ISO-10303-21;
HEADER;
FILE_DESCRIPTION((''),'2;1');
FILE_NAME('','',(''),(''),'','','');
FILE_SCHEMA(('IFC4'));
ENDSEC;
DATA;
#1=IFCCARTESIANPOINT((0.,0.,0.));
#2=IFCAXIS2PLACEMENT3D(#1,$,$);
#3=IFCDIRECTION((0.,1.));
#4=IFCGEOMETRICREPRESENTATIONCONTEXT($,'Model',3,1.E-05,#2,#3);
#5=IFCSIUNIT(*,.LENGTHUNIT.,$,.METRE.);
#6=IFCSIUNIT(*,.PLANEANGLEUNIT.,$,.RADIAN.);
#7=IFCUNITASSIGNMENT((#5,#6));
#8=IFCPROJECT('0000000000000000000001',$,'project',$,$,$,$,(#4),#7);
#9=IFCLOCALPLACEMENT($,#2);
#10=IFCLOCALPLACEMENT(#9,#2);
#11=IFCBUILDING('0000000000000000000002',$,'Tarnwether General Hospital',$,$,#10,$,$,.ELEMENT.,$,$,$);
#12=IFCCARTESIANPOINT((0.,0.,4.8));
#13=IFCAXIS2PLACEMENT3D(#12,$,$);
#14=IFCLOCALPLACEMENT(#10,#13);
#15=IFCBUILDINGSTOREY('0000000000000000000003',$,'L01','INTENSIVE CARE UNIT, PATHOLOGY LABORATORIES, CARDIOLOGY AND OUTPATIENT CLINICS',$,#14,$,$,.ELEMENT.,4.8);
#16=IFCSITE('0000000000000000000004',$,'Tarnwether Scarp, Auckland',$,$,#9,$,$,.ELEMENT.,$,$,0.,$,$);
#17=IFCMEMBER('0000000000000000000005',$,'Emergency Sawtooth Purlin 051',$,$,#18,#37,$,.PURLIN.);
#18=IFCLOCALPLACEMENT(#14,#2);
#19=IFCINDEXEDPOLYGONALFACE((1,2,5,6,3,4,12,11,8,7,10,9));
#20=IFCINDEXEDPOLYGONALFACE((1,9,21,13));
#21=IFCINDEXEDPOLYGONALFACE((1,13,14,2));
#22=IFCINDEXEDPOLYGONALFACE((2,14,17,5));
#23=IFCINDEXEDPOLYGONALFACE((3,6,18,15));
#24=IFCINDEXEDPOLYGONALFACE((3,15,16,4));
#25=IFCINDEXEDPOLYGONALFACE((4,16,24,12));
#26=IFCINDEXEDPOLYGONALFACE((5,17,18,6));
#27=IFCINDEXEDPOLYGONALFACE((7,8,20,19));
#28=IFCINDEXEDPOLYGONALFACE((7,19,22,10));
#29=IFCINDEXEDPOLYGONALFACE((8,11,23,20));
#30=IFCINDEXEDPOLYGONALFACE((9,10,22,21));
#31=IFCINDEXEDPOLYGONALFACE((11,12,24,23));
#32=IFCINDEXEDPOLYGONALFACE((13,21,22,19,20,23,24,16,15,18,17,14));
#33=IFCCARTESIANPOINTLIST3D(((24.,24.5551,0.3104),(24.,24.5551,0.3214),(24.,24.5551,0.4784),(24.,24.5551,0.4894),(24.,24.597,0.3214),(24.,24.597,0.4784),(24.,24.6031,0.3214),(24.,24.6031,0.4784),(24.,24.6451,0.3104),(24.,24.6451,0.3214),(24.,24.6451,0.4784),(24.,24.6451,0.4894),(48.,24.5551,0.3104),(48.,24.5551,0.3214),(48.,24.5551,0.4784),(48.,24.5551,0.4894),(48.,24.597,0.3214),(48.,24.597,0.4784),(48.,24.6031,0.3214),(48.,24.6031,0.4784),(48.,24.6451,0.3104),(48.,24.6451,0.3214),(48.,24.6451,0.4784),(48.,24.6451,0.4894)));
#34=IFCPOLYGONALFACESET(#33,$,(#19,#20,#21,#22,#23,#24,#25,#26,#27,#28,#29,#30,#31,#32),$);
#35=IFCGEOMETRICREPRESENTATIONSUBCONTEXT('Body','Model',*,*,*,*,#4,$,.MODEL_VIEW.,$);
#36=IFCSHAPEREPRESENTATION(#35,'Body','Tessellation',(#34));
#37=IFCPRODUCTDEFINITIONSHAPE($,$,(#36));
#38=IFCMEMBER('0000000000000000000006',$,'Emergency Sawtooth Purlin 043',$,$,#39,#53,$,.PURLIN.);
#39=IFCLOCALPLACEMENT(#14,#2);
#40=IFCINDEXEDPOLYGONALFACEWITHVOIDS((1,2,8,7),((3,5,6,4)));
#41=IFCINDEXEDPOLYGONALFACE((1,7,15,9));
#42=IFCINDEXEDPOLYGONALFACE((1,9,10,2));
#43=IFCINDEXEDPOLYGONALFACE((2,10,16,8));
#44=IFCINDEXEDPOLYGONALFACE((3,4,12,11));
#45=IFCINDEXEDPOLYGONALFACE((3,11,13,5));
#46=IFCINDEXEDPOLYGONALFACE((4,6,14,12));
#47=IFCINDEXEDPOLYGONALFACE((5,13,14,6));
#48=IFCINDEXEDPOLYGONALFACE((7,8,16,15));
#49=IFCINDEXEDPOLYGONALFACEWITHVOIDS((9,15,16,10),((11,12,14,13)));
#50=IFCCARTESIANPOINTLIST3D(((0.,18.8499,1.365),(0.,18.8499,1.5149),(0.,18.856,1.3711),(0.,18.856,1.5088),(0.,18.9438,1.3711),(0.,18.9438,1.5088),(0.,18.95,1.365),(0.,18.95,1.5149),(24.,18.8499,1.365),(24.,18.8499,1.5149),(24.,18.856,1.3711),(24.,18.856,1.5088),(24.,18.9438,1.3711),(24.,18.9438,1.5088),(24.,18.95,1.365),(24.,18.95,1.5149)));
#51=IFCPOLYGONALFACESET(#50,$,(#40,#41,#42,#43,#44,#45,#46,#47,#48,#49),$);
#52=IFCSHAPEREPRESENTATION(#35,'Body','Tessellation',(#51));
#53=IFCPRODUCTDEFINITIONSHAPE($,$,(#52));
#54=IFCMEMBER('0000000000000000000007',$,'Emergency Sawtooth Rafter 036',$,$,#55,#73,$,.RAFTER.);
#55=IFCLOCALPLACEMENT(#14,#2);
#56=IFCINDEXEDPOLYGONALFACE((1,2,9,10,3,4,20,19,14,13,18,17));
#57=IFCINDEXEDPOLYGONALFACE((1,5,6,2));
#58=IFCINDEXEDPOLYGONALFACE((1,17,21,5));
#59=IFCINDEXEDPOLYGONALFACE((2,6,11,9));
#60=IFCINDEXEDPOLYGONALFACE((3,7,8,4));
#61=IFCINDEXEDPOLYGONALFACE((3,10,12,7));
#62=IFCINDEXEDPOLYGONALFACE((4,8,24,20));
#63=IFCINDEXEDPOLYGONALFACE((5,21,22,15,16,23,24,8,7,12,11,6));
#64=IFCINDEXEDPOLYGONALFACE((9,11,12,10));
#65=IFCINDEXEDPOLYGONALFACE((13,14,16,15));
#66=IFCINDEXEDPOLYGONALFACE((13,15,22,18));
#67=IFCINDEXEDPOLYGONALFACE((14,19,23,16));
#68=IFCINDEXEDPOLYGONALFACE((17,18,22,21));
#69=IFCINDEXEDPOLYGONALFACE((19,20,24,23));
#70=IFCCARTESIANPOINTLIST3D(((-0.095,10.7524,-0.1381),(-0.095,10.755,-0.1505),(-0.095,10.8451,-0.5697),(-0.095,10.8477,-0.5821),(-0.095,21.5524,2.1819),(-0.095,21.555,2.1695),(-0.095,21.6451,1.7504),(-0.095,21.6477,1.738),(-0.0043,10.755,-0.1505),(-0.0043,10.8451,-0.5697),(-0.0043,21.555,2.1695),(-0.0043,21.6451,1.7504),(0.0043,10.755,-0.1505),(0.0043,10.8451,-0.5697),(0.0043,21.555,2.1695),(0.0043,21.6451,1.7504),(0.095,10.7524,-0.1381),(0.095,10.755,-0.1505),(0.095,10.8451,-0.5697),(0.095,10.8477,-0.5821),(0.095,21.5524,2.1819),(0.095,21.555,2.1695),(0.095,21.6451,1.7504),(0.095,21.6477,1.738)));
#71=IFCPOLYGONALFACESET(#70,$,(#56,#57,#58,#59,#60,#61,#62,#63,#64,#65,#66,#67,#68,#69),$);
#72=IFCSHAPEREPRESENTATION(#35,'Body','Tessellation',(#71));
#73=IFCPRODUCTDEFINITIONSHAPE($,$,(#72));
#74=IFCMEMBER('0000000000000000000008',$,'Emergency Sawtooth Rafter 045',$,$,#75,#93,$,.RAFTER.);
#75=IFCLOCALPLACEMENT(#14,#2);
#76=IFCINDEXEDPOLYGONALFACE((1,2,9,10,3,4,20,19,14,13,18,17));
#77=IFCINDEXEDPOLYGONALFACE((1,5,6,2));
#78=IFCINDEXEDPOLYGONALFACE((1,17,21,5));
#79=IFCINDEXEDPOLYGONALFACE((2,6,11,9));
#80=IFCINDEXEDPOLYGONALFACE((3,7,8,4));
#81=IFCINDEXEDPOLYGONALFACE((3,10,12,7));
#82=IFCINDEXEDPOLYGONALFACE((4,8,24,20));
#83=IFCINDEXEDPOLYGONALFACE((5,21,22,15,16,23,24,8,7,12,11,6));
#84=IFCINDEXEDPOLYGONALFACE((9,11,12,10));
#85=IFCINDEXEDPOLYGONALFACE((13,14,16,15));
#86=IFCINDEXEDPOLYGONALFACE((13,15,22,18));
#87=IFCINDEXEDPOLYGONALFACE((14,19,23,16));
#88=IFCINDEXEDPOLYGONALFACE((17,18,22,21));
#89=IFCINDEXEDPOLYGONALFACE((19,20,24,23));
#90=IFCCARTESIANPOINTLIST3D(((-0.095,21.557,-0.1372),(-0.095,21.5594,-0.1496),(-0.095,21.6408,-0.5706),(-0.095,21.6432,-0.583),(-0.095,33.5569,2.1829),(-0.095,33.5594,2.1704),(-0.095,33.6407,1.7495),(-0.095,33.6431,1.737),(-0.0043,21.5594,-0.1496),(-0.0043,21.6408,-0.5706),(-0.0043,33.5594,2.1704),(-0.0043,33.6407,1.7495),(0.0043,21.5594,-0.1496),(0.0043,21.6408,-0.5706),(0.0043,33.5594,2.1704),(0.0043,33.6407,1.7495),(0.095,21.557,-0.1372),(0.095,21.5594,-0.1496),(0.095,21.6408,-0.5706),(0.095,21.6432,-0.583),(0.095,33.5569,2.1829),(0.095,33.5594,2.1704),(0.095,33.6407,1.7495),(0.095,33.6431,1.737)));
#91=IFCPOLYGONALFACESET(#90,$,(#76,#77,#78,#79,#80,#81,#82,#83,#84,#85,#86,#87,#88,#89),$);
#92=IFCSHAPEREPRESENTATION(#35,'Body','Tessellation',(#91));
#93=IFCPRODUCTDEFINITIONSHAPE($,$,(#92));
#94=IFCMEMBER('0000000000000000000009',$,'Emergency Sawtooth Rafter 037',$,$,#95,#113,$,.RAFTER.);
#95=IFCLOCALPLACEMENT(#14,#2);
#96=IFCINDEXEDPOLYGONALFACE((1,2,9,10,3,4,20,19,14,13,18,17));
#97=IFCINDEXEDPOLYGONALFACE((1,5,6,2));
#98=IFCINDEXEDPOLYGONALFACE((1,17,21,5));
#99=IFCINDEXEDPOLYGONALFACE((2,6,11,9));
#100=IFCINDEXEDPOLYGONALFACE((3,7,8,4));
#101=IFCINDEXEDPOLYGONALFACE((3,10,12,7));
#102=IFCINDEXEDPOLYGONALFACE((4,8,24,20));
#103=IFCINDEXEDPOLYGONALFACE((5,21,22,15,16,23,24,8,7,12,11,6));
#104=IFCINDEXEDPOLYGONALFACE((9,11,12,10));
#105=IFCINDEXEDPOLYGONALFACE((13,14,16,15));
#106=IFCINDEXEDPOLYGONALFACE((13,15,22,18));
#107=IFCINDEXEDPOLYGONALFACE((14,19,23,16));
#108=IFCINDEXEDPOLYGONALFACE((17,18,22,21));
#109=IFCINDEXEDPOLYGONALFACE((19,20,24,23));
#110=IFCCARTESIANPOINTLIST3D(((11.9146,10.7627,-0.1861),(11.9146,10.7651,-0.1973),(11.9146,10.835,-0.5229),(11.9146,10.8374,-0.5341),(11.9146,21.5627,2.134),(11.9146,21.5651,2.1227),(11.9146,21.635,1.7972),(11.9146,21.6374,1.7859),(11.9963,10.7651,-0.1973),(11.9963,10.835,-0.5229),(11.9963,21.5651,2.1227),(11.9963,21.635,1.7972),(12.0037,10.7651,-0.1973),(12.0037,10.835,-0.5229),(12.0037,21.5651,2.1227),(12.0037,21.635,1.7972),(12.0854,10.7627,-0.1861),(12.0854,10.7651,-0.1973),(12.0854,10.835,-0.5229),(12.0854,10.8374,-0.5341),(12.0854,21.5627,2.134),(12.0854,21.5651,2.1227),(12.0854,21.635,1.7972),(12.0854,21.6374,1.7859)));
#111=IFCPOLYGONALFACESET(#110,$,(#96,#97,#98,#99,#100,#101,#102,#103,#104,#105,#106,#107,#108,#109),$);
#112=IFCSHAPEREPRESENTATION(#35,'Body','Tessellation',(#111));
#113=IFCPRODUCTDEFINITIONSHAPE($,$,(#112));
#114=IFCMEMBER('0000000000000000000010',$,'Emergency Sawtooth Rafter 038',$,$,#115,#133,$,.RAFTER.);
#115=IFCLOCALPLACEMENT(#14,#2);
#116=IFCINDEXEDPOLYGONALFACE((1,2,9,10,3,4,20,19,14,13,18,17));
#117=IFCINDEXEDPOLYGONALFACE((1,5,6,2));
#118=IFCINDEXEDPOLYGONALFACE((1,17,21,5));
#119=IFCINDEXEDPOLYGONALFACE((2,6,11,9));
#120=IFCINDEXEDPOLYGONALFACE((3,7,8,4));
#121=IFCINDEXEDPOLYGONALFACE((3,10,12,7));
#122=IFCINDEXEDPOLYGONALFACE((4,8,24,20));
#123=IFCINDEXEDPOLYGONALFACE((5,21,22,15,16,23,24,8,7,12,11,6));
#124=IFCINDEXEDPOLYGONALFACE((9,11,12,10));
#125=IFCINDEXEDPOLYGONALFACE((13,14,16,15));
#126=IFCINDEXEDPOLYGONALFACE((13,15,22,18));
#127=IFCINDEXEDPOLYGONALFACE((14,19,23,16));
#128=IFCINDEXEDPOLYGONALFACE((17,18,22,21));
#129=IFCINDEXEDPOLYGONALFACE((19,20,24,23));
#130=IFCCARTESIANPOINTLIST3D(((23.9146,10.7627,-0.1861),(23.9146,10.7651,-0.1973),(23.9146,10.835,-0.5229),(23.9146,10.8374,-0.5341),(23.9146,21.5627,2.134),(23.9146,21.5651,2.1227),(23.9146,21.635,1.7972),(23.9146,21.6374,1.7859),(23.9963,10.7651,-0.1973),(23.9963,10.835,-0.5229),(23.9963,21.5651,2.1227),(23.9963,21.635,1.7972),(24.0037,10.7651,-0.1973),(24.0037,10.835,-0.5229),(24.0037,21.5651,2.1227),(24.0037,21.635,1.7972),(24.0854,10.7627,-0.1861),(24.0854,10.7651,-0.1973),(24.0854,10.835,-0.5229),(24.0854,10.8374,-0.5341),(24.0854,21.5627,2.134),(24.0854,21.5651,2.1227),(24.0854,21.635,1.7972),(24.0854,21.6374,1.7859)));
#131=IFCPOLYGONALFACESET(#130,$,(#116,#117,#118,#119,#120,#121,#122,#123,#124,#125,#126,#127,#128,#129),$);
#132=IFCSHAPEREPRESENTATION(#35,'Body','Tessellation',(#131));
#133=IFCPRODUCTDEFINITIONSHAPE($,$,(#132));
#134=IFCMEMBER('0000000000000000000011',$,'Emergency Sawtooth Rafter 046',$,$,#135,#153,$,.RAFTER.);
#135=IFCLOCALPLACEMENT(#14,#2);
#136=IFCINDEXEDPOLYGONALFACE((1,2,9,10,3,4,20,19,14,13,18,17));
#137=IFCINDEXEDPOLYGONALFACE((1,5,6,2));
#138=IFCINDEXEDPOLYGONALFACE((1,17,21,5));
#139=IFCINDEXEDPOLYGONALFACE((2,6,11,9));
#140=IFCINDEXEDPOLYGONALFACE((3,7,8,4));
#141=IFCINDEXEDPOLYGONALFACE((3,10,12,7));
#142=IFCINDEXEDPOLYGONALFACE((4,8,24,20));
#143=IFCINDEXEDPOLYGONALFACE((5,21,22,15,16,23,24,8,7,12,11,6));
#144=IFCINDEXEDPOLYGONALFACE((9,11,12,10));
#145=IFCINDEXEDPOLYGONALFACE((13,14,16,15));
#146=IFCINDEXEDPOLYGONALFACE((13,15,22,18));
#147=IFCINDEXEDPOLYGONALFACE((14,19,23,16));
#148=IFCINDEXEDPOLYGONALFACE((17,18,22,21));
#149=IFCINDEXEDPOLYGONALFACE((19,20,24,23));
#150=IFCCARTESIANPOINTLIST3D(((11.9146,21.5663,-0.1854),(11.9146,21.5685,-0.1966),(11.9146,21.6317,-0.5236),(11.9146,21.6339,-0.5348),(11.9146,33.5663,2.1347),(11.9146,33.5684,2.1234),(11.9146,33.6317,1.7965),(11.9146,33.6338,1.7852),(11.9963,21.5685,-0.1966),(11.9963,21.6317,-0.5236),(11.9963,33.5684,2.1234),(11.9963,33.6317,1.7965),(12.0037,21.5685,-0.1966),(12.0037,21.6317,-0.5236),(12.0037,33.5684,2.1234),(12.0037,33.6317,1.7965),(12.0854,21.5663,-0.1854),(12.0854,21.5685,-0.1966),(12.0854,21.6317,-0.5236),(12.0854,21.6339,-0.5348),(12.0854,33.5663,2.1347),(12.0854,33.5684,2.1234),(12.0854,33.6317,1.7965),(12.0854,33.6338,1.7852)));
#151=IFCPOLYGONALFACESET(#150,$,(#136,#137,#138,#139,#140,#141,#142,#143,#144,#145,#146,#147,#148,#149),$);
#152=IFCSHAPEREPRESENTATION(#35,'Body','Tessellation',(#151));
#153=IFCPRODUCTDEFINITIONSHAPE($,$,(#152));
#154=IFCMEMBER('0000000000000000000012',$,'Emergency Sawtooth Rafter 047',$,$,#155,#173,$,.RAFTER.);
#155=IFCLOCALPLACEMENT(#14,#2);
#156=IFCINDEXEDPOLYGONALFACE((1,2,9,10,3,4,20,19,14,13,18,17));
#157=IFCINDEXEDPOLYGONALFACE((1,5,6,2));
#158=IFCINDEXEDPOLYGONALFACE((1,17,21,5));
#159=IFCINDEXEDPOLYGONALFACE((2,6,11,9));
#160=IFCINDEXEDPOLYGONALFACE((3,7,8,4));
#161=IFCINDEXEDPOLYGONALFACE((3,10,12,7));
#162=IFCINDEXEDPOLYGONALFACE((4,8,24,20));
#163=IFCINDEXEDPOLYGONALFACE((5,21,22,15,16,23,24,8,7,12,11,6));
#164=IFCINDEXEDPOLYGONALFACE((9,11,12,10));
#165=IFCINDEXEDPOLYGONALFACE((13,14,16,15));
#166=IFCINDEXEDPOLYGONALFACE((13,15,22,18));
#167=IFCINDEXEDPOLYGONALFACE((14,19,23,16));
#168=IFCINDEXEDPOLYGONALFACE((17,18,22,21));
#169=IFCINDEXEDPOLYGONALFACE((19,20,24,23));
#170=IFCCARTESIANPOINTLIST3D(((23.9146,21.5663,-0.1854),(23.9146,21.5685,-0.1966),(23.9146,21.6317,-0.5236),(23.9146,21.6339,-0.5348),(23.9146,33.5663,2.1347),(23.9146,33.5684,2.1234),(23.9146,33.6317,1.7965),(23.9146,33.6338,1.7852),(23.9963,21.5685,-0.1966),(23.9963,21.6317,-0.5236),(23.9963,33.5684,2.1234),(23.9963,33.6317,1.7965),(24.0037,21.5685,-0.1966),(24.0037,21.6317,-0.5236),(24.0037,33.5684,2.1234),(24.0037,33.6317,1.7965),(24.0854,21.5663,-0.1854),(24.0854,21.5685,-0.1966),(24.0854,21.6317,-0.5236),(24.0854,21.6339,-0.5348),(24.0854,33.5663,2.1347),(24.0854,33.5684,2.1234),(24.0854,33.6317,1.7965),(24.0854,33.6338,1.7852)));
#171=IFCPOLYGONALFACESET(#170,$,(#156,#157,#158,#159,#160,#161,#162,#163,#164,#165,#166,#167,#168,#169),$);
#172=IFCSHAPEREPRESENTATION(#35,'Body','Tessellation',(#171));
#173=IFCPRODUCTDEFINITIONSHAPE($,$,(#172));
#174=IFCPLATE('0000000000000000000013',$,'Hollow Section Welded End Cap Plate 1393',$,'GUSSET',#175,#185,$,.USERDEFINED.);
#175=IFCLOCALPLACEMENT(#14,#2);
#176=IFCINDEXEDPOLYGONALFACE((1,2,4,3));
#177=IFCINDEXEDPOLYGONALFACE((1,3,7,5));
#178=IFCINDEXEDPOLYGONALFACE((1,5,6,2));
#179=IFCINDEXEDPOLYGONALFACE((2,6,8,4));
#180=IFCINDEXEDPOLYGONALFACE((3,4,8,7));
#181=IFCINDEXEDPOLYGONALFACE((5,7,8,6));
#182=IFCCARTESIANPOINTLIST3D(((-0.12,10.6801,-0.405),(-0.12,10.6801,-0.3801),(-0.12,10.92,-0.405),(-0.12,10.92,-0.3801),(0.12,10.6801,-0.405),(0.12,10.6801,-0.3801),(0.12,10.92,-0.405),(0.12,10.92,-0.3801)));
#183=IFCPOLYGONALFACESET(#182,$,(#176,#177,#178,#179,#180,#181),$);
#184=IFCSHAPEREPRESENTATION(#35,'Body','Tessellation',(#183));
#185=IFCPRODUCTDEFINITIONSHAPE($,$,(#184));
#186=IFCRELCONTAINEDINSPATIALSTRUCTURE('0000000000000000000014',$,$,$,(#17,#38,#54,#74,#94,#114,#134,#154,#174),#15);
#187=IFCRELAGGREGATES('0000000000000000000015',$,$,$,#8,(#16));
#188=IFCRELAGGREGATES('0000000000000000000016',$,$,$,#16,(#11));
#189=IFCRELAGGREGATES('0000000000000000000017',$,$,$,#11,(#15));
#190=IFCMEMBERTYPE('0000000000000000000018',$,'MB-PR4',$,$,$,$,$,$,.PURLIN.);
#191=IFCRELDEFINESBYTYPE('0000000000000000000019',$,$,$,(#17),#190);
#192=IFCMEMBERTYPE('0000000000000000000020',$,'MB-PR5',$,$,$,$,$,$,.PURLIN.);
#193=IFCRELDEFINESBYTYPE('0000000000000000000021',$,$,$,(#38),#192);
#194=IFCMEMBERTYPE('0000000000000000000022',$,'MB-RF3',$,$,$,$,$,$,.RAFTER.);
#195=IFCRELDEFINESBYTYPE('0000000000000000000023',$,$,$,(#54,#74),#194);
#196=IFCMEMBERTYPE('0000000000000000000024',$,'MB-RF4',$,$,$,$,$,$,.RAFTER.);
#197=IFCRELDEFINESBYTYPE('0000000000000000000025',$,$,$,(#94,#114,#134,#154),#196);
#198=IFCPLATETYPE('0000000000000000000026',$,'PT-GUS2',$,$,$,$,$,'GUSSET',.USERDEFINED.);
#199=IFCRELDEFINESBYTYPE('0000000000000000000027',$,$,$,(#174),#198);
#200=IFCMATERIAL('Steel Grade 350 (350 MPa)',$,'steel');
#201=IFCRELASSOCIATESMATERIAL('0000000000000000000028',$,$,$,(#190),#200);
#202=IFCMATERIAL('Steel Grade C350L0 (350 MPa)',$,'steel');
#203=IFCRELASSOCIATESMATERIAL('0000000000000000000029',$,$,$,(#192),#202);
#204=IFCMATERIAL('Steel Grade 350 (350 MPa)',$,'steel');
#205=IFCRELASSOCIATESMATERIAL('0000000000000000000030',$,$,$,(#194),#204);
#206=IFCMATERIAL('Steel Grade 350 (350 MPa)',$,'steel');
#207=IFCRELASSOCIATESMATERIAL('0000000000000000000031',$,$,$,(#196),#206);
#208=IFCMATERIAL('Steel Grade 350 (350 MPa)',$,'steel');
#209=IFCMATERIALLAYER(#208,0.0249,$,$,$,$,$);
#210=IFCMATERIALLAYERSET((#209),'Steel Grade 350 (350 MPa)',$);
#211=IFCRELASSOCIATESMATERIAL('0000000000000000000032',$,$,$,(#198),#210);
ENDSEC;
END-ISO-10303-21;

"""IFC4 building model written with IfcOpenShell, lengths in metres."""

from ifc_helpers import new_model, si_unit, direction, frame, origin, origin_2d, place, context, subcontext, project, spatial, rectangle, hollow_rectangle, i_section, extrude, material, layer, layer_set, material_profile, profile_set, type_object, element, save


model = new_model("IFC4")

# Units and contexts
model_context = context("Model", 3, precision=1e-05, world=origin(), true_north=direction((0.0, 1.0)))
body_context = subcontext(model_context, "Body", "Model", "MODEL_VIEW")
ifc_project = project(units=[si_unit("LENGTHUNIT", "METRE"), si_unit("PLANEANGLEUNIT", "RADIAN")], contexts=[model_context])

# Site, building, storey
site_placement = place(None, origin())
site = spatial("IfcSite", under=ifc_project, at=site_placement, Name="Tarnwether Scarp, Auckland", CompositionType="ELEMENT", RefElevation=0.0)
building_placement = place(site_placement, origin())
building = spatial("IfcBuilding", under=site, at=building_placement, Name="Tarnwether General Hospital", CompositionType="ELEMENT")
storey_placement = place(building_placement, frame((0.0, 0.0, 4.8)))
storey = spatial("IfcBuildingStorey", under=building, at=storey_placement, Name="L01", Description="INTENSIVE CARE UNIT, PATHOLOGY LABORATORIES, CARDIOLOGY AND OUTPATIENT CLINICS", CompositionType="ELEMENT", Elevation=4.8)

# Members
ifc_material_1 = material(Name="Steel Grade 350 (350 MPa)", Category="steel")
ifc_material_profile_1 = material_profile(ifc_material_1, i_section(OverallWidth=0.0901, OverallDepth=0.179, WebThickness=0.0061, FlangeThickness=0.011, at=origin_2d()), Name="180UB22.2")
ifc_profile_set_1 = profile_set([ifc_material_profile_1], Name="Steel Grade 350 (350 MPa)")
member_type_1 = type_object("IfcMemberType", Name="MB-PR4", PredefinedType="PURLIN", material=ifc_profile_set_1)
for number, where, z_axis, x_axis, name in (
    (1, (24.0, 24.6001, 0.3999), (1.0, 0.0, 0.0), (0.0, 1.0, 0.0), "Emergency Sawtooth Purlin 051"),
):
    element("IfcMember", number, at=place(storey_placement, frame(where, z_axis=z_axis, x_axis=x_axis)), inside=storey, type_object=member_type_1, Name=name, PredefinedType="PURLIN", context=body_context, shape_type="SweptSolid", body=[
        extrude(i_section(OverallWidth=0.0901, OverallDepth=0.179, WebThickness=0.0061, FlangeThickness=0.011, at=origin_2d()), origin(), (0.0, 0.0, 1.0), 24.0),
    ])
ifc_material_2 = material(Name="Steel Grade C350L0 (350 MPa)", Category="steel")
ifc_material_profile_2 = material_profile(ifc_material_2, hollow_rectangle(XDim=0.1001, YDim=0.1499, WallThickness=0.0061, at=origin_2d()), Name="RHS150x100x6")
ifc_profile_set_2 = profile_set([ifc_material_profile_2], Name="Steel Grade C350L0 (350 MPa)")
member_type_2 = type_object("IfcMemberType", Name="MB-PR5", PredefinedType="PURLIN", material=ifc_profile_set_2)
member_1_placement = place(storey_placement, frame((0.0, 18.8999, 1.4399), z_axis=(1.0, 0.0, 0.0), x_axis=(0.0, 1.0, 0.0)))
element("IfcMember", 2, at=member_1_placement, inside=storey, type_object=member_type_2, Name="Emergency Sawtooth Purlin 043", PredefinedType="PURLIN", context=body_context, shape_type="SweptSolid", body=[
    extrude(hollow_rectangle(XDim=0.1001, YDim=0.1499, WallThickness=0.0061, at=origin_2d()), origin(), (0.0, 0.0, 1.0), 24.0),
])
ifc_material_3 = material(Name="Steel Grade 350 (350 MPa)", Category="steel")
ifc_material_profile_3 = material_profile(ifc_material_3, i_section(OverallWidth=0.1899, OverallDepth=0.4541, WebThickness=0.0085, FlangeThickness=0.0127, at=origin_2d()), Name="460UB67.1")
ifc_profile_set_3 = profile_set([ifc_material_profile_3], Name="Steel Grade 350 (350 MPa)")
member_type_3 = type_object("IfcMemberType", Name="MB-RF3", PredefinedType="RAFTER", material=ifc_profile_set_3)
member_2_placement = place(storey_placement, frame((0.0, 10.8, -0.3601), z_axis=(0.0, 0.977695, 0.210029), x_axis=(-1.0, 0.0, 0.0)))
element("IfcMember", 3, at=member_2_placement, inside=storey, type_object=member_type_3, Name="Emergency Sawtooth Rafter 036", PredefinedType="RAFTER", context=body_context, shape_type="SweptSolid", body=[
    extrude(i_section(OverallWidth=0.1899, OverallDepth=0.4541, WebThickness=0.0085, FlangeThickness=0.0127, at=origin_2d()), origin(), (0.0, 0.0, 1.0), 11.0464),
])
member_3_placement = place(storey_placement, frame((0.0, 21.6001, -0.3601), z_axis=(0.0, 0.981818, 0.189824), x_axis=(-1.0, 0.0, 0.0)))
element("IfcMember", 4, at=member_3_placement, inside=storey, type_object=member_type_3, Name="Emergency Sawtooth Rafter 045", PredefinedType="RAFTER", context=body_context, shape_type="SweptSolid", body=[
    extrude(i_section(OverallWidth=0.1899, OverallDepth=0.4541, WebThickness=0.0085, FlangeThickness=0.0127, at=origin_2d()), origin(), (0.0, 0.0, 1.0), 12.2222),
])
ifc_material_4 = material(Name="Steel Grade 350 (350 MPa)", Category="steel")
ifc_material_profile_4 = material_profile(ifc_material_4, i_section(OverallWidth=0.1709, OverallDepth=0.356, WebThickness=0.0073, FlangeThickness=0.0115, at=origin_2d()), Name="360UB50.7")
ifc_profile_set_4 = profile_set([ifc_material_profile_4], Name="Steel Grade 350 (350 MPa)")
member_type_4 = type_object("IfcMemberType", Name="MB-RF4", PredefinedType="RAFTER", material=ifc_profile_set_4)
for number, where, z_axis, x_axis, name in (
    (5, (12.0, 10.8, -0.3601), (0.0, 0.977695, 0.210029), (-1.0, 0.0, 0.0), "Emergency Sawtooth Rafter 037"),
    (6, (24.0, 10.8, -0.3601), (0.0, 0.977695, 0.210029), (-1.0, 0.0, 0.0), "Emergency Sawtooth Rafter 038"),
):
    element("IfcMember", number, at=place(storey_placement, frame(where, z_axis=z_axis, x_axis=x_axis)), inside=storey, type_object=member_type_4, Name=name, PredefinedType="RAFTER", context=body_context, shape_type="SweptSolid", body=[
        extrude(i_section(OverallWidth=0.1709, OverallDepth=0.356, WebThickness=0.0073, FlangeThickness=0.0115, at=origin_2d()), origin(), (0.0, 0.0, 1.0), 11.0464),
    ])
for number, where, z_axis, x_axis, name in (
    (7, (12.0, 21.6001, -0.3601), (0.0, 0.981818, 0.189824), (-1.0, 0.0, 0.0), "Emergency Sawtooth Rafter 046"),
    (8, (24.0, 21.6001, -0.3601), (0.0, 0.981818, 0.189824), (-1.0, 0.0, 0.0), "Emergency Sawtooth Rafter 047"),
):
    element("IfcMember", number, at=place(storey_placement, frame(where, z_axis=z_axis, x_axis=x_axis)), inside=storey, type_object=member_type_4, Name=name, PredefinedType="RAFTER", context=body_context, shape_type="SweptSolid", body=[
        extrude(i_section(OverallWidth=0.1709, OverallDepth=0.356, WebThickness=0.0073, FlangeThickness=0.0115, at=origin_2d()), origin(), (0.0, 0.0, 1.0), 12.2222),
    ])

# Plate
ifc_material_5 = material(Name="Steel Grade 350 (350 MPa)", Category="steel")
ifc_layer_1 = layer(ifc_material_5, 0.0249)
ifc_layer_set_1 = layer_set([ifc_layer_1], Name="Steel Grade 350 (350 MPa)")
plate_type = type_object("IfcPlateType", Name="PT-GUS2", ElementType="GUSSET", PredefinedType="USERDEFINED", material=ifc_layer_set_1)
for number, where, z_axis, x_axis, name in (
    (9, (0.0, 10.8, -0.405), (0.0, 0.0, 1.0), (1.0, 0.0, 0.0), "Hollow Section Welded End Cap Plate 1393"),
):
    element("IfcPlate", number, at=place(storey_placement, frame(where, z_axis=z_axis, x_axis=x_axis)), inside=storey, type_object=plate_type, Name=name, ObjectType="GUSSET", PredefinedType="USERDEFINED", context=body_context, shape_type="SweptSolid", body=[
        extrude(rectangle(XDim=0.24, YDim=0.24, at=origin_2d()), origin(), (0.0, 0.0, 1.0), 0.0249),
    ])

save(model, "model.ifc")
